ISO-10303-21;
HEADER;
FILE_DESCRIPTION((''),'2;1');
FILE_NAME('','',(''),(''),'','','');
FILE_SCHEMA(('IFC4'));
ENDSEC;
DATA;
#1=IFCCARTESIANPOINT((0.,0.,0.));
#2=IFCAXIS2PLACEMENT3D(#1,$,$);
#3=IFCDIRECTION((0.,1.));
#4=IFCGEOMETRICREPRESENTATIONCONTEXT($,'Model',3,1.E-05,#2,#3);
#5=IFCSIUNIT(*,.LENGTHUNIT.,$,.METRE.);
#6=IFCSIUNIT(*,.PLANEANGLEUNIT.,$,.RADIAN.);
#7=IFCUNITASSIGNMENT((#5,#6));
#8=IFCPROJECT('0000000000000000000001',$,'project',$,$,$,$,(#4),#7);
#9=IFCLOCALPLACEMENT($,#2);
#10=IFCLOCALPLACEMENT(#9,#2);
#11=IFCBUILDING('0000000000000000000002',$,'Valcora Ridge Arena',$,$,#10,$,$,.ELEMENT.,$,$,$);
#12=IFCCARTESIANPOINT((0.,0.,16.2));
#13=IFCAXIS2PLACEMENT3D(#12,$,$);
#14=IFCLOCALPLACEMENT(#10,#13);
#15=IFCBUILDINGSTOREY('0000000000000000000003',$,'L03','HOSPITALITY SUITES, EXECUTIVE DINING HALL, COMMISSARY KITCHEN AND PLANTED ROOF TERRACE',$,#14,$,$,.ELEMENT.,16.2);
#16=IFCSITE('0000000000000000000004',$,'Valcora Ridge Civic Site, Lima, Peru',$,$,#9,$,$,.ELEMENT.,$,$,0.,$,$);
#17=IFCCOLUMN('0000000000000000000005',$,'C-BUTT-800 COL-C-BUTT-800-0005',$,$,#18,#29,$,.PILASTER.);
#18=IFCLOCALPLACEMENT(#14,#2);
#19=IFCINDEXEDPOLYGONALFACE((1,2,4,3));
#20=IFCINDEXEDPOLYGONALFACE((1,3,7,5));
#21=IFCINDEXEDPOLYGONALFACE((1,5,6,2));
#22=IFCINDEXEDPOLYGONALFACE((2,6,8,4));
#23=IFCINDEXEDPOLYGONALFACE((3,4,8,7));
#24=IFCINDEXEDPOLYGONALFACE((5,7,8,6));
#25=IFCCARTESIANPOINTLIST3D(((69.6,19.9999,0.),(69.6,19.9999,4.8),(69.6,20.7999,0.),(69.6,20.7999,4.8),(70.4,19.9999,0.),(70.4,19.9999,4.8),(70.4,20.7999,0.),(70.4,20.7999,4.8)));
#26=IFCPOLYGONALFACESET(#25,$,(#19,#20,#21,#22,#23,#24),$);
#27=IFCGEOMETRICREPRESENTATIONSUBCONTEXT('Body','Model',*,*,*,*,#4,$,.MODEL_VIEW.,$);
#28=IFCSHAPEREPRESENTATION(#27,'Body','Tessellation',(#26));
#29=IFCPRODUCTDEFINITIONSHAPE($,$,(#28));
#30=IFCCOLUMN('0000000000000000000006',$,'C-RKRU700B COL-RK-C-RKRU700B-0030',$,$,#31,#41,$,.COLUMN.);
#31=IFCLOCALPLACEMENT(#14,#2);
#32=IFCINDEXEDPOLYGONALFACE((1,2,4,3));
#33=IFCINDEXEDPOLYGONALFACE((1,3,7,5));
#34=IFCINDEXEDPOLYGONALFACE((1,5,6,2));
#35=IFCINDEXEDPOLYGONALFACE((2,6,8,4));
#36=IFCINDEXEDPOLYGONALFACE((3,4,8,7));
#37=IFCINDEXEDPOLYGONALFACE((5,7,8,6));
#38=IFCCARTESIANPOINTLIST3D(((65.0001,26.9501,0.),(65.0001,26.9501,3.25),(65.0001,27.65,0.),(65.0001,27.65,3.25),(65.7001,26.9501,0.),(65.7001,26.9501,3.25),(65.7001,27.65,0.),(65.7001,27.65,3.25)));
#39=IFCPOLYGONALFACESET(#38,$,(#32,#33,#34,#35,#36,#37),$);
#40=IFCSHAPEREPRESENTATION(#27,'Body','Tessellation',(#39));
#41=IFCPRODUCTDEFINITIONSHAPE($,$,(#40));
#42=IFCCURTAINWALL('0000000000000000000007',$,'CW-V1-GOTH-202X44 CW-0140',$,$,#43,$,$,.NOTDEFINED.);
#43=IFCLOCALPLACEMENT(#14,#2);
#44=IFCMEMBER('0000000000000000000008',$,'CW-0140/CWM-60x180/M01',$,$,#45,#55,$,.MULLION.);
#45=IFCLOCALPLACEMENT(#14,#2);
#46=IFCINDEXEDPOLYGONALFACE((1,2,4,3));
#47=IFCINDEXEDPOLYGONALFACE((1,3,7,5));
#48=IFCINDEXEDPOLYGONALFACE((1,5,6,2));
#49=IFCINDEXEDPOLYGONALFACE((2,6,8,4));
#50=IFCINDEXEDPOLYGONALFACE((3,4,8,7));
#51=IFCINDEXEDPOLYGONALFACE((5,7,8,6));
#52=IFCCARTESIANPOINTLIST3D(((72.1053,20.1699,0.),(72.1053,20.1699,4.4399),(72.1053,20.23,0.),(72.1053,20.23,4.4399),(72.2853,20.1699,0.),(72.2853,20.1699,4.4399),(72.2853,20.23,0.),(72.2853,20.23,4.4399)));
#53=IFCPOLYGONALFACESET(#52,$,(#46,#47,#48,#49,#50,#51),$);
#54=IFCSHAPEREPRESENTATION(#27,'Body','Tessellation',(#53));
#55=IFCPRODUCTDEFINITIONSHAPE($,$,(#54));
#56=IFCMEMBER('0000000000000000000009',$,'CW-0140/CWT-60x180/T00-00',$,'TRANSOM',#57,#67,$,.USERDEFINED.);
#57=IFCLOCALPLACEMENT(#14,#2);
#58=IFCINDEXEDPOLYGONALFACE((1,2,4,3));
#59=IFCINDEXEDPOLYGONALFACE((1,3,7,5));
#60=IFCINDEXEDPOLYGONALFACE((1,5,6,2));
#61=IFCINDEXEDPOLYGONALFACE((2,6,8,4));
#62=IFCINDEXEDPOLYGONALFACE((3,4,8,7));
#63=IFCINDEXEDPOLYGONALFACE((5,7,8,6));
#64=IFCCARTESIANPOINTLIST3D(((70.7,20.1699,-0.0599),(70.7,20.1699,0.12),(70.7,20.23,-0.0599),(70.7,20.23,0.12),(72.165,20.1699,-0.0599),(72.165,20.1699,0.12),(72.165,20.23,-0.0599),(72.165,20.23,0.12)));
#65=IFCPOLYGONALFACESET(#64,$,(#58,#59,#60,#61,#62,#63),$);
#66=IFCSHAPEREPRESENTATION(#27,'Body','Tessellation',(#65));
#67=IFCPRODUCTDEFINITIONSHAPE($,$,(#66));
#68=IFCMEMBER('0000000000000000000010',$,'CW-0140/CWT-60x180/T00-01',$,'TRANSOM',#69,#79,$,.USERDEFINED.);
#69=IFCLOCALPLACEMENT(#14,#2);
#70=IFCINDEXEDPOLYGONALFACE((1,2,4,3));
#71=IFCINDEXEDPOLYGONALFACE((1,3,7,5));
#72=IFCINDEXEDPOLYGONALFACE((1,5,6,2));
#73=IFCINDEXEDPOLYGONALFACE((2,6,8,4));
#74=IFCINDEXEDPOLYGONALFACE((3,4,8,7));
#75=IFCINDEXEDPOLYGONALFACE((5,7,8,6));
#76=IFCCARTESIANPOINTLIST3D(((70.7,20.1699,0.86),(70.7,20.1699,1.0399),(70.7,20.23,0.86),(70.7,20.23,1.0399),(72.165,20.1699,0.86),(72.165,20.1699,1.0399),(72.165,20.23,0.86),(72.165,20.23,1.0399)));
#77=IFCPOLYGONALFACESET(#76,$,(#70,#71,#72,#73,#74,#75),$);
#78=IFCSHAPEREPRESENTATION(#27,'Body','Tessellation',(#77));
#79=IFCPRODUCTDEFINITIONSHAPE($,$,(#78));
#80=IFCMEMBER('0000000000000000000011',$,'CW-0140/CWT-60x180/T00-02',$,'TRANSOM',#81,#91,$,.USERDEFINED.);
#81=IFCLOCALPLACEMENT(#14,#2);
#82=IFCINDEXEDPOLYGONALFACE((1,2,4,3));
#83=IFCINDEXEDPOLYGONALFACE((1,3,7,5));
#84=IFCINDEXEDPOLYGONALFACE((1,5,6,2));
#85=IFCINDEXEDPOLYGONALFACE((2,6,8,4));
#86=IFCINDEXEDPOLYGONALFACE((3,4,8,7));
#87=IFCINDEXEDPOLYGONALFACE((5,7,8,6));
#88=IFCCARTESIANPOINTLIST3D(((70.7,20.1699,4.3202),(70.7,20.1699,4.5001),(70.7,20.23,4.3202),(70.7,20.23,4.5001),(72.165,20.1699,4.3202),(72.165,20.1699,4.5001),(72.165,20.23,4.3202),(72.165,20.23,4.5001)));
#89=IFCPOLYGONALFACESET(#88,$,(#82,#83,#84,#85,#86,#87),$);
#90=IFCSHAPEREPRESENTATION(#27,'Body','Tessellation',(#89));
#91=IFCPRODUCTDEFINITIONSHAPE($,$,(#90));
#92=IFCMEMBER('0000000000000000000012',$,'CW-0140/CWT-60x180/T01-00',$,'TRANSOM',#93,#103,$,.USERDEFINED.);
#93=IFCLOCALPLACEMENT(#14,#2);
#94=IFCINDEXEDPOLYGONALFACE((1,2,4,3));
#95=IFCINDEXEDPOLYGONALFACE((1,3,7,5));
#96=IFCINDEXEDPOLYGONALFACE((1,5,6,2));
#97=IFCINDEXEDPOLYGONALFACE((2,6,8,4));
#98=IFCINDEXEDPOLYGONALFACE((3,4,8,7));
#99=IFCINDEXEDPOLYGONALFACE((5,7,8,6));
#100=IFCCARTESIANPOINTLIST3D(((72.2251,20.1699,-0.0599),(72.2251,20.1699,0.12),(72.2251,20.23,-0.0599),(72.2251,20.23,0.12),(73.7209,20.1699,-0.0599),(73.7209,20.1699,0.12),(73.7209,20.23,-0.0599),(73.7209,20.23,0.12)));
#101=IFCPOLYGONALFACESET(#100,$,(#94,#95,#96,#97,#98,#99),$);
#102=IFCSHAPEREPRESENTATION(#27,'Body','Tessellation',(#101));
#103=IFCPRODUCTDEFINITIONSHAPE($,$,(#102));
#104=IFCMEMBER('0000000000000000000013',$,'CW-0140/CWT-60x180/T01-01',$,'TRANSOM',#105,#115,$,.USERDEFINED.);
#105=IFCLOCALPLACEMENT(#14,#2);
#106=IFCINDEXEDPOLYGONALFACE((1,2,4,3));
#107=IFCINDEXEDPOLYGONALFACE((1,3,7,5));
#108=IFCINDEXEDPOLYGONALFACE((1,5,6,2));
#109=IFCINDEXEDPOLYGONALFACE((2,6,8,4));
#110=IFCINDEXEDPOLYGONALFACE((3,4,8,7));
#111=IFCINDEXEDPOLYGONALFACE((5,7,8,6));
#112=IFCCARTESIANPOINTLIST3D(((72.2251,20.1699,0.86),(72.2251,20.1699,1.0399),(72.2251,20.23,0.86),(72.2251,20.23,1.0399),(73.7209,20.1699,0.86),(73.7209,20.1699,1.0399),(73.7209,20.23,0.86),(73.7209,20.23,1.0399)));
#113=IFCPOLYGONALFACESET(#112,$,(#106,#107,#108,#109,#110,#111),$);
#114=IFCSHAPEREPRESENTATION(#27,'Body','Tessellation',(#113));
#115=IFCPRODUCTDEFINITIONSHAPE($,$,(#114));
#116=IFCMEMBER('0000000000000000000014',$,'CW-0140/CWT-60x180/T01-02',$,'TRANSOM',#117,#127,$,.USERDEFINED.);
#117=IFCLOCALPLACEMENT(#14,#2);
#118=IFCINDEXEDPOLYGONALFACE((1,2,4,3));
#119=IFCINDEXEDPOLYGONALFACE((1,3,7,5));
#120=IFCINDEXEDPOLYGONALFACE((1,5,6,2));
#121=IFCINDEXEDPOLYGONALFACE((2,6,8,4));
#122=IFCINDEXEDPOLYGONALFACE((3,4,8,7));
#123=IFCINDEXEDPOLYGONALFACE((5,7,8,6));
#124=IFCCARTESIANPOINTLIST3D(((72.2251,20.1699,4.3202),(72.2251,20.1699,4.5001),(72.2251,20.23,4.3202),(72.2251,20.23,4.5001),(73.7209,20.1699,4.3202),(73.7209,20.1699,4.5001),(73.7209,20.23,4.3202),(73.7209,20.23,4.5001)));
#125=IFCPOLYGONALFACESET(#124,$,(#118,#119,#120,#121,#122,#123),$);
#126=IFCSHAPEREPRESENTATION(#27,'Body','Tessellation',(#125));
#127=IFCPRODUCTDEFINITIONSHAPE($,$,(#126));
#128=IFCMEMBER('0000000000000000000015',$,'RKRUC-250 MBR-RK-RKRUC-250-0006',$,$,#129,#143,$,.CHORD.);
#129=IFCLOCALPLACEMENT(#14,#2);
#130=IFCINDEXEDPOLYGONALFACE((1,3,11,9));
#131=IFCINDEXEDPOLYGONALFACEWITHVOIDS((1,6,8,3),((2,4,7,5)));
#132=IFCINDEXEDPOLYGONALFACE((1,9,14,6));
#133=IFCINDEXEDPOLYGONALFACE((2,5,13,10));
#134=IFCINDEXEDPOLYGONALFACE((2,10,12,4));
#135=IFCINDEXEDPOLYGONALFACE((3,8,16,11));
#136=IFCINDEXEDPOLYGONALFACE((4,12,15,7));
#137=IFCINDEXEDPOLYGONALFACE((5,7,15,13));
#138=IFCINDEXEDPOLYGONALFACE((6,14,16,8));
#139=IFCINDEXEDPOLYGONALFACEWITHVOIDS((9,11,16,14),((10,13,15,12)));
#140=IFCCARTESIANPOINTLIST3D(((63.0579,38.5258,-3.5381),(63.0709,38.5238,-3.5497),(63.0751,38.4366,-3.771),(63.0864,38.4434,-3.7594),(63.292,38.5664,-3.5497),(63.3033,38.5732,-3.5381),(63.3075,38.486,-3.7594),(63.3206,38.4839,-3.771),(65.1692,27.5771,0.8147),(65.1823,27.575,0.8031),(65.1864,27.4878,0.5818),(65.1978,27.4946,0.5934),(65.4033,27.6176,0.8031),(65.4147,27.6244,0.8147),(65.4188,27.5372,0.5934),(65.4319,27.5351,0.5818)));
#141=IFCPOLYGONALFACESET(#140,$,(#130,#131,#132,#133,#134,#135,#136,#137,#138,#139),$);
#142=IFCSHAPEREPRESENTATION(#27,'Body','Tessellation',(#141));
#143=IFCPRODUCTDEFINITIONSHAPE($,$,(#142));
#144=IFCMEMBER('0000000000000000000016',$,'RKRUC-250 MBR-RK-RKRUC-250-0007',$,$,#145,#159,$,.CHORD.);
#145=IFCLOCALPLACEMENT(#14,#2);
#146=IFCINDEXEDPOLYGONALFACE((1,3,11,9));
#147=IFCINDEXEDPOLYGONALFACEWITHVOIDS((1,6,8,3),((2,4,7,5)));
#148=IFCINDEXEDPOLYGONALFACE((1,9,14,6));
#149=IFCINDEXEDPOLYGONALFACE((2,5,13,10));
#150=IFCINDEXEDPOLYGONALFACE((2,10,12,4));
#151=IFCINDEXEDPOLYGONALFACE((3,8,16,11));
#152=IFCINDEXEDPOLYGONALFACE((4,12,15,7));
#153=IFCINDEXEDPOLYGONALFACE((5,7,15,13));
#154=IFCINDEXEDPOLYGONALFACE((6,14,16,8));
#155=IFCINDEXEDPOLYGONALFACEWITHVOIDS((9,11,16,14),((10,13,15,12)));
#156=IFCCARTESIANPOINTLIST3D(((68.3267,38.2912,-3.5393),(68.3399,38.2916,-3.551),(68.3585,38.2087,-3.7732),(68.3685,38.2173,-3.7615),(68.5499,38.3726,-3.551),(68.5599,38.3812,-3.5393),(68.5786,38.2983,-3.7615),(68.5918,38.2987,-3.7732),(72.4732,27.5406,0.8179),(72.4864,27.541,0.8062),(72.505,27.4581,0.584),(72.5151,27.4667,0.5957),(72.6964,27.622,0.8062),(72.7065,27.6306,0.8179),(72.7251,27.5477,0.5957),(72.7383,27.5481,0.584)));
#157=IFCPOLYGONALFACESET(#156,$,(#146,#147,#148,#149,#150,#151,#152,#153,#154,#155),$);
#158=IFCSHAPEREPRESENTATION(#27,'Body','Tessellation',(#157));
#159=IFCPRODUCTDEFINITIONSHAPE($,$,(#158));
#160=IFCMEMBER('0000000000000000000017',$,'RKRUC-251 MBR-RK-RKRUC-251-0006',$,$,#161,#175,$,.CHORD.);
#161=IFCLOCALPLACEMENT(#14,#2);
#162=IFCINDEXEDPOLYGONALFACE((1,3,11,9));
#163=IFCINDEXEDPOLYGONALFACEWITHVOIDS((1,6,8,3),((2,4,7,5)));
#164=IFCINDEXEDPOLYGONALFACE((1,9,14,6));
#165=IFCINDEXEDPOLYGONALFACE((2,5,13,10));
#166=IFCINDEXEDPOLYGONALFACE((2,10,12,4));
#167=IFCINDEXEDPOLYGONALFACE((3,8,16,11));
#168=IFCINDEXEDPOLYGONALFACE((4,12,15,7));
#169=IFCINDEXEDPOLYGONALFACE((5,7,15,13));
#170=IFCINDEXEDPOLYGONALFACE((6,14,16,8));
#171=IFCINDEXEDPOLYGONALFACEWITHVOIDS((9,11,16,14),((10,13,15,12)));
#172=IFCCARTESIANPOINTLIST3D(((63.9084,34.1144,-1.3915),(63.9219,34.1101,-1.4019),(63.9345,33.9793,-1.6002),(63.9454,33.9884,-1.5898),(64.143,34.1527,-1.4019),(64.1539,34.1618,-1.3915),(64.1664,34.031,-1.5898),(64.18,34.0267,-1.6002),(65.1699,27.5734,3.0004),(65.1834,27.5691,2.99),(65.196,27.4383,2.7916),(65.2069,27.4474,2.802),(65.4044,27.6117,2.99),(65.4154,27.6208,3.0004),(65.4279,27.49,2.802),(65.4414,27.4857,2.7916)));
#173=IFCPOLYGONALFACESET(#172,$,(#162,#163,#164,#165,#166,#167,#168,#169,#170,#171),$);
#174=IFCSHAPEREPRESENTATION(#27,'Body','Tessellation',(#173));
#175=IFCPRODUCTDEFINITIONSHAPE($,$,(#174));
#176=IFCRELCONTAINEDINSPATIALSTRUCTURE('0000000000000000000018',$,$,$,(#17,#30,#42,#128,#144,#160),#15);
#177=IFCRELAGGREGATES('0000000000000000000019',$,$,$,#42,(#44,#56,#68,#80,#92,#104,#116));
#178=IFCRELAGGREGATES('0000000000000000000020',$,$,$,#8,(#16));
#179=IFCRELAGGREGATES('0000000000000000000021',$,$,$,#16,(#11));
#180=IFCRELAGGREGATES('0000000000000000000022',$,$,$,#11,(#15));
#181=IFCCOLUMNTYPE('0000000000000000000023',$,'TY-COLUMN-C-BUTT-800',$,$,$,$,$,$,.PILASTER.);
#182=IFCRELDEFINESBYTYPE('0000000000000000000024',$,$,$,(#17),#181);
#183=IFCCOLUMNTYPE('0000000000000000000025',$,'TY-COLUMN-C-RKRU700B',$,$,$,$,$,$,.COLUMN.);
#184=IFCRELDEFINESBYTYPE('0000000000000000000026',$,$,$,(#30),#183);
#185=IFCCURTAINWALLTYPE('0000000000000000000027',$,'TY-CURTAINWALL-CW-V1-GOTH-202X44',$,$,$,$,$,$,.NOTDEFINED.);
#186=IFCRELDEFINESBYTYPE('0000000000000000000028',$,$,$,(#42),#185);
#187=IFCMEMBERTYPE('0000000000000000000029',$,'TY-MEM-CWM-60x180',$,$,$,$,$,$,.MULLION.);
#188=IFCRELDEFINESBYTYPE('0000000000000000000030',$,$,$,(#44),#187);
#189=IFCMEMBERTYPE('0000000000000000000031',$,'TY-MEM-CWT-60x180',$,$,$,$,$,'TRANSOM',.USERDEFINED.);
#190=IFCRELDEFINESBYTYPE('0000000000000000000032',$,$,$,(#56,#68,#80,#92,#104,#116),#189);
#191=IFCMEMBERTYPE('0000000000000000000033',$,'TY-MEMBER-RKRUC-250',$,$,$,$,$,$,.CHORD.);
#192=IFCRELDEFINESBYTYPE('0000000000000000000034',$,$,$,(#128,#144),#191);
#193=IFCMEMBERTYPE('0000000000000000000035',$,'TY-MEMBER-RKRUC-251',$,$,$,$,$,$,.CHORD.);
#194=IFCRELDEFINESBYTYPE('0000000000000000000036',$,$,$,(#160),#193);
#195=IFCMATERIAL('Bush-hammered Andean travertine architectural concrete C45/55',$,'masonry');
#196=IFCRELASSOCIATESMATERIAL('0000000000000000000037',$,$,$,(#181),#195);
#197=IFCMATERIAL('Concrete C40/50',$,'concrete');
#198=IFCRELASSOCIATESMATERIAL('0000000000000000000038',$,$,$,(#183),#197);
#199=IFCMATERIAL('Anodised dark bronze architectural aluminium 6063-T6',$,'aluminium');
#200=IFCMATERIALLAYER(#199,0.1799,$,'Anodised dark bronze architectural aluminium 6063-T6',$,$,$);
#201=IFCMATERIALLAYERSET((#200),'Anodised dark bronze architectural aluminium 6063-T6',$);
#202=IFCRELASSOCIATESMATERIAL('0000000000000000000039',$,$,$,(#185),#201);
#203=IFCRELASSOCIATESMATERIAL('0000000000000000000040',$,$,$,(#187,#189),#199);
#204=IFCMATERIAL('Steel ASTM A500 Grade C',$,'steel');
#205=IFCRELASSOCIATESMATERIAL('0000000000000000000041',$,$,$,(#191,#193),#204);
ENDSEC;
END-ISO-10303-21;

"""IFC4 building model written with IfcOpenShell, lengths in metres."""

from ifc_helpers import new_model, si_unit, direction, frame, origin, origin_2d, place, context, subcontext, project, spatial, rectangle, hollow_rectangle, extrude, material, layer, layer_set, material_profile, profile_set, type_object, element, aggregate, save


model = new_model("IFC4")

# Units and contexts
model_context = context("Model", 3, precision=1e-05, world=origin(), true_north=direction((0.0, 1.0)))
body_context = subcontext(model_context, "Body", "Model", "MODEL_VIEW")
ifc_project = project(units=[si_unit("LENGTHUNIT", "METRE"), si_unit("PLANEANGLEUNIT", "RADIAN")], contexts=[model_context])

# Site, building, storey
site_placement = place(None, origin())
site = spatial("IfcSite", under=ifc_project, at=site_placement, Name="Valcora Ridge Civic Site, Lima, Peru", CompositionType="ELEMENT", RefElevation=0.0)
building_placement = place(site_placement, origin())
building = spatial("IfcBuilding", under=site, at=building_placement, Name="Valcora Ridge Arena", CompositionType="ELEMENT")
storey_placement = place(building_placement, frame((0.0, 0.0, 16.2)))
storey = spatial("IfcBuildingStorey", under=building, at=storey_placement, Name="L03", Description="HOSPITALITY SUITES, EXECUTIVE DINING HALL, COMMISSARY KITCHEN AND PLANTED ROOF TERRACE", CompositionType="ELEMENT", Elevation=16.2)

# Columns
ifc_material_1 = material(Name="Bush-hammered Andean travertine architectural concrete C45/55", Category="masonry")
ifc_material_profile_1 = material_profile(ifc_material_1, rectangle(XDim=0.8, YDim=0.8, at=origin_2d()), Name="RC 800x800")
ifc_profile_set_1 = profile_set([ifc_material_profile_1], Name="Bush-hammered Andean travertine architectural concrete C45/55")
column_type_1 = type_object("IfcColumnType", Name="TY-COLUMN-C-BUTT-800", PredefinedType="PILASTER", material=ifc_profile_set_1)
column_1_placement = place(storey_placement, frame((70.0, 20.3999, 0.0), z_axis=(0.0, 0.0, 1.0), x_axis=(1.0, 0.0, 0.0)))
element("IfcColumn", 1, at=column_1_placement, inside=storey, type_object=column_type_1, Name="C-BUTT-800 COL-C-BUTT-800-0005", PredefinedType="PILASTER", context=body_context, shape_type="SweptSolid", body=[
    extrude(rectangle(XDim=0.8, YDim=0.8, at=origin_2d()), origin(), (0.0, 0.0, 1.0), 4.8),
])
ifc_material_2 = material(Name="Concrete C40/50", Category="concrete")
ifc_material_profile_2 = material_profile(ifc_material_2, rectangle(XDim=0.7, YDim=0.7, at=origin_2d()), Name="RC 700x700")
ifc_profile_set_2 = profile_set([ifc_material_profile_2], Name="Concrete C40/50")
column_type_2 = type_object("IfcColumnType", Name="TY-COLUMN-C-RKRU700B", PredefinedType="COLUMN", material=ifc_profile_set_2)
column_2_placement = place(storey_placement, frame((65.3501, 27.3, 0.0), z_axis=(0.0, 0.0, 1.0), x_axis=(1.0, 0.0, 0.0)))
element("IfcColumn", 2, at=column_2_placement, inside=storey, type_object=column_type_2, Name="C-RKRU700B COL-RK-C-RKRU700B-0030", PredefinedType="COLUMN", context=body_context, shape_type="SweptSolid", body=[
    extrude(rectangle(XDim=0.7, YDim=0.7, at=origin_2d()), origin(), (0.0, 0.0, 1.0), 3.25),
])

# Curtain wall, members
ifc_material_3 = material(Name="Anodised dark bronze architectural aluminium 6063-T6", Category="aluminium")
ifc_layer_1 = layer(ifc_material_3, 0.1799, Name="Anodised dark bronze architectural aluminium 6063-T6")
ifc_layer_set_1 = layer_set([ifc_layer_1], Name="Anodised dark bronze architectural aluminium 6063-T6")
curtain_wall_type = type_object("IfcCurtainWallType", Name="TY-CURTAINWALL-CW-V1-GOTH-202X44", PredefinedType="NOTDEFINED", material=ifc_layer_set_1)
curtain_wall_placement = place(storey_placement, origin())
curtain_wall = element("IfcCurtainWall", 3, at=curtain_wall_placement, inside=storey, type_object=curtain_wall_type, Name="CW-V1-GOTH-202X44 CW-0140", PredefinedType="NOTDEFINED")
ifc_material_profile_3 = material_profile(ifc_material_3, rectangle(XDim=0.0601, YDim=0.1799, at=origin_2d()), Name="ALU MULLION 60x180")
ifc_profile_set_3 = profile_set([ifc_material_profile_3], Name="Anodised dark bronze architectural aluminium 6063-T6")
member_type_1 = type_object("IfcMemberType", Name="TY-MEM-CWM-60x180", PredefinedType="MULLION", material=ifc_profile_set_3)
member_1_placement = place(storey_placement, frame((72.1953, 20.2, 0.0), z_axis=(0.0, 0.0, 1.0), x_axis=(0.0, 1.0, 0.0)))
member_1 = element("IfcMember", 4, at=member_1_placement, type_object=member_type_1, Name="CW-0140/CWM-60x180/M01", PredefinedType="MULLION", context=body_context, shape_type="SweptSolid", body=[
    extrude(rectangle(XDim=0.0601, YDim=0.1799, at=origin_2d()), origin(), (0.0, 0.0, 1.0), 4.4399),
])
ifc_material_profile_4 = material_profile(ifc_material_3, rectangle(XDim=0.0601, YDim=0.1799, at=origin_2d()), Name="ALU TRANSOM 60x180")
ifc_profile_set_4 = profile_set([ifc_material_profile_4], Name="Anodised dark bronze architectural aluminium 6063-T6")
member_type_2 = type_object("IfcMemberType", Name="TY-MEM-CWT-60x180", ElementType="TRANSOM", PredefinedType="USERDEFINED", material=ifc_profile_set_4)
member_2_placement = place(storey_placement, frame((70.7, 20.2, 0.03), z_axis=(1.0, 0.0, 0.0), x_axis=(0.0, 1.0, 0.0)))
member_2 = element("IfcMember", 5, at=member_2_placement, type_object=member_type_2, Name="CW-0140/CWT-60x180/T00-00", ObjectType="TRANSOM", PredefinedType="USERDEFINED", context=body_context, shape_type="SweptSolid", body=[
    extrude(rectangle(XDim=0.0601, YDim=0.1799, at=origin_2d()), origin(), (0.0, 0.0, 1.0), 1.4651),
])
member_3_placement = place(storey_placement, frame((70.7, 20.2, 0.95), z_axis=(1.0, 0.0, 0.0), x_axis=(0.0, 1.0, 0.0)))
member_3 = element("IfcMember", 6, at=member_3_placement, type_object=member_type_2, Name="CW-0140/CWT-60x180/T00-01", ObjectType="TRANSOM", PredefinedType="USERDEFINED", context=body_context, shape_type="SweptSolid", body=[
    extrude(rectangle(XDim=0.0601, YDim=0.1799, at=origin_2d()), origin(), (0.0, 0.0, 1.0), 1.4651),
])
member_4_placement = place(storey_placement, frame((70.7, 20.2, 4.4102), z_axis=(1.0, 0.0, 0.0), x_axis=(0.0, 1.0, 0.0)))
member_4 = element("IfcMember", 7, at=member_4_placement, type_object=member_type_2, Name="CW-0140/CWT-60x180/T00-02", ObjectType="TRANSOM", PredefinedType="USERDEFINED", context=body_context, shape_type="SweptSolid", body=[
    extrude(rectangle(XDim=0.0601, YDim=0.1799, at=origin_2d()), origin(), (0.0, 0.0, 1.0), 1.4651),
])
member_5_placement = place(storey_placement, frame((72.2251, 20.2, 0.03), z_axis=(1.0, 0.0, 0.0), x_axis=(0.0, 1.0, 0.0)))
member_5 = element("IfcMember", 8, at=member_5_placement, type_object=member_type_2, Name="CW-0140/CWT-60x180/T01-00", ObjectType="TRANSOM", PredefinedType="USERDEFINED", context=body_context, shape_type="SweptSolid", body=[
    extrude(rectangle(XDim=0.0601, YDim=0.1799, at=origin_2d()), origin(), (0.0, 0.0, 1.0), 1.4958),
])
member_6_placement = place(storey_placement, frame((72.2251, 20.2, 0.95), z_axis=(1.0, 0.0, 0.0), x_axis=(0.0, 1.0, 0.0)))
member_6 = element("IfcMember", 9, at=member_6_placement, type_object=member_type_2, Name="CW-0140/CWT-60x180/T01-01", ObjectType="TRANSOM", PredefinedType="USERDEFINED", context=body_context, shape_type="SweptSolid", body=[
    extrude(rectangle(XDim=0.0601, YDim=0.1799, at=origin_2d()), origin(), (0.0, 0.0, 1.0), 1.4958),
])
member_7_placement = place(storey_placement, frame((72.2251, 20.2, 4.4102), z_axis=(1.0, 0.0, 0.0), x_axis=(0.0, 1.0, 0.0)))
member_7 = element("IfcMember", 10, at=member_7_placement, type_object=member_type_2, Name="CW-0140/CWT-60x180/T01-02", ObjectType="TRANSOM", PredefinedType="USERDEFINED", context=body_context, shape_type="SweptSolid", body=[
    extrude(rectangle(XDim=0.0601, YDim=0.1799, at=origin_2d()), origin(), (0.0, 0.0, 1.0), 1.4958),
])

# Members
ifc_material_4 = material(Name="Steel ASTM A500 Grade C", Category="steel")
ifc_material_profile_5 = material_profile(ifc_material_4, hollow_rectangle(XDim=0.25, YDim=0.25, WallThickness=0.0125, at=origin_2d()), Name="HSS250X250X12")
ifc_profile_set_5 = profile_set([ifc_material_profile_5], Name="Steel ASTM A500 Grade C")
member_type_3 = type_object("IfcMemberType", Name="TY-MEMBER-RKRUC-250", PredefinedType="CHORD", material=ifc_profile_set_5)
member_8_placement = place(storey_placement, frame((63.1892, 38.5049, -3.6545), z_axis=(0.176386, -0.914687, 0.363643), x_axis=(0.98191, 0.189349, 0.0)))
element("IfcMember", 11, at=member_8_placement, inside=storey, type_object=member_type_3, Name="RKRUC-250 MBR-RK-RKRUC-250-0006", PredefinedType="CHORD", context=body_context, shape_type="SweptSolid", body=[
    extrude(hollow_rectangle(XDim=0.25, YDim=0.25, WallThickness=0.0125, at=origin_2d()), origin(), (0.0, 0.0, 1.0), 11.97),
])
member_9_placement = place(storey_placement, frame((68.4592, 38.2949, -3.6562), z_axis=(0.3366, -0.872694, 0.353703), x_axis=(0.933006, 0.359862, 0.0)))
element("IfcMember", 12, at=member_9_placement, inside=storey, type_object=member_type_3, Name="RKRUC-250 MBR-RK-RKRUC-250-0007", PredefinedType="CHORD", context=body_context, shape_type="SweptSolid", body=[
    extrude(hollow_rectangle(XDim=0.25, YDim=0.25, WallThickness=0.0125, at=origin_2d()), origin(), (0.0, 0.0, 1.0), 12.3188),
])
ifc_material_profile_6 = material_profile(ifc_material_4, hollow_rectangle(XDim=0.25, YDim=0.25, WallThickness=0.0125, at=origin_2d()), Name="HSS250X250X12")
ifc_profile_set_6 = profile_set([ifc_material_profile_6], Name="Steel ASTM A500 Grade C")
member_type_4 = type_object("IfcMemberType", Name="TY-MEMBER-RKRUC-251", PredefinedType="CHORD", material=ifc_profile_set_6)
member_10_placement = place(storey_placement, frame((64.0442, 34.0706, -1.4958), z_axis=(0.158099, -0.819778, 0.550425), x_axis=(0.981906, 0.189367, 0.0)))
element("IfcMember", 13, at=member_10_placement, inside=storey, type_object=member_type_4, Name="RKRUC-251 MBR-RK-RKRUC-251-0006", PredefinedType="CHORD", context=body_context, shape_type="SweptSolid", body=[
    extrude(hollow_rectangle(XDim=0.25, YDim=0.25, WallThickness=0.0125, at=origin_2d()), origin(), (0.0, 0.0, 1.0), 7.979),
])

aggregate(curtain_wall, [member_1, member_2, member_3, member_4, member_5, member_6, member_7])

save(model, "model.ifc")
